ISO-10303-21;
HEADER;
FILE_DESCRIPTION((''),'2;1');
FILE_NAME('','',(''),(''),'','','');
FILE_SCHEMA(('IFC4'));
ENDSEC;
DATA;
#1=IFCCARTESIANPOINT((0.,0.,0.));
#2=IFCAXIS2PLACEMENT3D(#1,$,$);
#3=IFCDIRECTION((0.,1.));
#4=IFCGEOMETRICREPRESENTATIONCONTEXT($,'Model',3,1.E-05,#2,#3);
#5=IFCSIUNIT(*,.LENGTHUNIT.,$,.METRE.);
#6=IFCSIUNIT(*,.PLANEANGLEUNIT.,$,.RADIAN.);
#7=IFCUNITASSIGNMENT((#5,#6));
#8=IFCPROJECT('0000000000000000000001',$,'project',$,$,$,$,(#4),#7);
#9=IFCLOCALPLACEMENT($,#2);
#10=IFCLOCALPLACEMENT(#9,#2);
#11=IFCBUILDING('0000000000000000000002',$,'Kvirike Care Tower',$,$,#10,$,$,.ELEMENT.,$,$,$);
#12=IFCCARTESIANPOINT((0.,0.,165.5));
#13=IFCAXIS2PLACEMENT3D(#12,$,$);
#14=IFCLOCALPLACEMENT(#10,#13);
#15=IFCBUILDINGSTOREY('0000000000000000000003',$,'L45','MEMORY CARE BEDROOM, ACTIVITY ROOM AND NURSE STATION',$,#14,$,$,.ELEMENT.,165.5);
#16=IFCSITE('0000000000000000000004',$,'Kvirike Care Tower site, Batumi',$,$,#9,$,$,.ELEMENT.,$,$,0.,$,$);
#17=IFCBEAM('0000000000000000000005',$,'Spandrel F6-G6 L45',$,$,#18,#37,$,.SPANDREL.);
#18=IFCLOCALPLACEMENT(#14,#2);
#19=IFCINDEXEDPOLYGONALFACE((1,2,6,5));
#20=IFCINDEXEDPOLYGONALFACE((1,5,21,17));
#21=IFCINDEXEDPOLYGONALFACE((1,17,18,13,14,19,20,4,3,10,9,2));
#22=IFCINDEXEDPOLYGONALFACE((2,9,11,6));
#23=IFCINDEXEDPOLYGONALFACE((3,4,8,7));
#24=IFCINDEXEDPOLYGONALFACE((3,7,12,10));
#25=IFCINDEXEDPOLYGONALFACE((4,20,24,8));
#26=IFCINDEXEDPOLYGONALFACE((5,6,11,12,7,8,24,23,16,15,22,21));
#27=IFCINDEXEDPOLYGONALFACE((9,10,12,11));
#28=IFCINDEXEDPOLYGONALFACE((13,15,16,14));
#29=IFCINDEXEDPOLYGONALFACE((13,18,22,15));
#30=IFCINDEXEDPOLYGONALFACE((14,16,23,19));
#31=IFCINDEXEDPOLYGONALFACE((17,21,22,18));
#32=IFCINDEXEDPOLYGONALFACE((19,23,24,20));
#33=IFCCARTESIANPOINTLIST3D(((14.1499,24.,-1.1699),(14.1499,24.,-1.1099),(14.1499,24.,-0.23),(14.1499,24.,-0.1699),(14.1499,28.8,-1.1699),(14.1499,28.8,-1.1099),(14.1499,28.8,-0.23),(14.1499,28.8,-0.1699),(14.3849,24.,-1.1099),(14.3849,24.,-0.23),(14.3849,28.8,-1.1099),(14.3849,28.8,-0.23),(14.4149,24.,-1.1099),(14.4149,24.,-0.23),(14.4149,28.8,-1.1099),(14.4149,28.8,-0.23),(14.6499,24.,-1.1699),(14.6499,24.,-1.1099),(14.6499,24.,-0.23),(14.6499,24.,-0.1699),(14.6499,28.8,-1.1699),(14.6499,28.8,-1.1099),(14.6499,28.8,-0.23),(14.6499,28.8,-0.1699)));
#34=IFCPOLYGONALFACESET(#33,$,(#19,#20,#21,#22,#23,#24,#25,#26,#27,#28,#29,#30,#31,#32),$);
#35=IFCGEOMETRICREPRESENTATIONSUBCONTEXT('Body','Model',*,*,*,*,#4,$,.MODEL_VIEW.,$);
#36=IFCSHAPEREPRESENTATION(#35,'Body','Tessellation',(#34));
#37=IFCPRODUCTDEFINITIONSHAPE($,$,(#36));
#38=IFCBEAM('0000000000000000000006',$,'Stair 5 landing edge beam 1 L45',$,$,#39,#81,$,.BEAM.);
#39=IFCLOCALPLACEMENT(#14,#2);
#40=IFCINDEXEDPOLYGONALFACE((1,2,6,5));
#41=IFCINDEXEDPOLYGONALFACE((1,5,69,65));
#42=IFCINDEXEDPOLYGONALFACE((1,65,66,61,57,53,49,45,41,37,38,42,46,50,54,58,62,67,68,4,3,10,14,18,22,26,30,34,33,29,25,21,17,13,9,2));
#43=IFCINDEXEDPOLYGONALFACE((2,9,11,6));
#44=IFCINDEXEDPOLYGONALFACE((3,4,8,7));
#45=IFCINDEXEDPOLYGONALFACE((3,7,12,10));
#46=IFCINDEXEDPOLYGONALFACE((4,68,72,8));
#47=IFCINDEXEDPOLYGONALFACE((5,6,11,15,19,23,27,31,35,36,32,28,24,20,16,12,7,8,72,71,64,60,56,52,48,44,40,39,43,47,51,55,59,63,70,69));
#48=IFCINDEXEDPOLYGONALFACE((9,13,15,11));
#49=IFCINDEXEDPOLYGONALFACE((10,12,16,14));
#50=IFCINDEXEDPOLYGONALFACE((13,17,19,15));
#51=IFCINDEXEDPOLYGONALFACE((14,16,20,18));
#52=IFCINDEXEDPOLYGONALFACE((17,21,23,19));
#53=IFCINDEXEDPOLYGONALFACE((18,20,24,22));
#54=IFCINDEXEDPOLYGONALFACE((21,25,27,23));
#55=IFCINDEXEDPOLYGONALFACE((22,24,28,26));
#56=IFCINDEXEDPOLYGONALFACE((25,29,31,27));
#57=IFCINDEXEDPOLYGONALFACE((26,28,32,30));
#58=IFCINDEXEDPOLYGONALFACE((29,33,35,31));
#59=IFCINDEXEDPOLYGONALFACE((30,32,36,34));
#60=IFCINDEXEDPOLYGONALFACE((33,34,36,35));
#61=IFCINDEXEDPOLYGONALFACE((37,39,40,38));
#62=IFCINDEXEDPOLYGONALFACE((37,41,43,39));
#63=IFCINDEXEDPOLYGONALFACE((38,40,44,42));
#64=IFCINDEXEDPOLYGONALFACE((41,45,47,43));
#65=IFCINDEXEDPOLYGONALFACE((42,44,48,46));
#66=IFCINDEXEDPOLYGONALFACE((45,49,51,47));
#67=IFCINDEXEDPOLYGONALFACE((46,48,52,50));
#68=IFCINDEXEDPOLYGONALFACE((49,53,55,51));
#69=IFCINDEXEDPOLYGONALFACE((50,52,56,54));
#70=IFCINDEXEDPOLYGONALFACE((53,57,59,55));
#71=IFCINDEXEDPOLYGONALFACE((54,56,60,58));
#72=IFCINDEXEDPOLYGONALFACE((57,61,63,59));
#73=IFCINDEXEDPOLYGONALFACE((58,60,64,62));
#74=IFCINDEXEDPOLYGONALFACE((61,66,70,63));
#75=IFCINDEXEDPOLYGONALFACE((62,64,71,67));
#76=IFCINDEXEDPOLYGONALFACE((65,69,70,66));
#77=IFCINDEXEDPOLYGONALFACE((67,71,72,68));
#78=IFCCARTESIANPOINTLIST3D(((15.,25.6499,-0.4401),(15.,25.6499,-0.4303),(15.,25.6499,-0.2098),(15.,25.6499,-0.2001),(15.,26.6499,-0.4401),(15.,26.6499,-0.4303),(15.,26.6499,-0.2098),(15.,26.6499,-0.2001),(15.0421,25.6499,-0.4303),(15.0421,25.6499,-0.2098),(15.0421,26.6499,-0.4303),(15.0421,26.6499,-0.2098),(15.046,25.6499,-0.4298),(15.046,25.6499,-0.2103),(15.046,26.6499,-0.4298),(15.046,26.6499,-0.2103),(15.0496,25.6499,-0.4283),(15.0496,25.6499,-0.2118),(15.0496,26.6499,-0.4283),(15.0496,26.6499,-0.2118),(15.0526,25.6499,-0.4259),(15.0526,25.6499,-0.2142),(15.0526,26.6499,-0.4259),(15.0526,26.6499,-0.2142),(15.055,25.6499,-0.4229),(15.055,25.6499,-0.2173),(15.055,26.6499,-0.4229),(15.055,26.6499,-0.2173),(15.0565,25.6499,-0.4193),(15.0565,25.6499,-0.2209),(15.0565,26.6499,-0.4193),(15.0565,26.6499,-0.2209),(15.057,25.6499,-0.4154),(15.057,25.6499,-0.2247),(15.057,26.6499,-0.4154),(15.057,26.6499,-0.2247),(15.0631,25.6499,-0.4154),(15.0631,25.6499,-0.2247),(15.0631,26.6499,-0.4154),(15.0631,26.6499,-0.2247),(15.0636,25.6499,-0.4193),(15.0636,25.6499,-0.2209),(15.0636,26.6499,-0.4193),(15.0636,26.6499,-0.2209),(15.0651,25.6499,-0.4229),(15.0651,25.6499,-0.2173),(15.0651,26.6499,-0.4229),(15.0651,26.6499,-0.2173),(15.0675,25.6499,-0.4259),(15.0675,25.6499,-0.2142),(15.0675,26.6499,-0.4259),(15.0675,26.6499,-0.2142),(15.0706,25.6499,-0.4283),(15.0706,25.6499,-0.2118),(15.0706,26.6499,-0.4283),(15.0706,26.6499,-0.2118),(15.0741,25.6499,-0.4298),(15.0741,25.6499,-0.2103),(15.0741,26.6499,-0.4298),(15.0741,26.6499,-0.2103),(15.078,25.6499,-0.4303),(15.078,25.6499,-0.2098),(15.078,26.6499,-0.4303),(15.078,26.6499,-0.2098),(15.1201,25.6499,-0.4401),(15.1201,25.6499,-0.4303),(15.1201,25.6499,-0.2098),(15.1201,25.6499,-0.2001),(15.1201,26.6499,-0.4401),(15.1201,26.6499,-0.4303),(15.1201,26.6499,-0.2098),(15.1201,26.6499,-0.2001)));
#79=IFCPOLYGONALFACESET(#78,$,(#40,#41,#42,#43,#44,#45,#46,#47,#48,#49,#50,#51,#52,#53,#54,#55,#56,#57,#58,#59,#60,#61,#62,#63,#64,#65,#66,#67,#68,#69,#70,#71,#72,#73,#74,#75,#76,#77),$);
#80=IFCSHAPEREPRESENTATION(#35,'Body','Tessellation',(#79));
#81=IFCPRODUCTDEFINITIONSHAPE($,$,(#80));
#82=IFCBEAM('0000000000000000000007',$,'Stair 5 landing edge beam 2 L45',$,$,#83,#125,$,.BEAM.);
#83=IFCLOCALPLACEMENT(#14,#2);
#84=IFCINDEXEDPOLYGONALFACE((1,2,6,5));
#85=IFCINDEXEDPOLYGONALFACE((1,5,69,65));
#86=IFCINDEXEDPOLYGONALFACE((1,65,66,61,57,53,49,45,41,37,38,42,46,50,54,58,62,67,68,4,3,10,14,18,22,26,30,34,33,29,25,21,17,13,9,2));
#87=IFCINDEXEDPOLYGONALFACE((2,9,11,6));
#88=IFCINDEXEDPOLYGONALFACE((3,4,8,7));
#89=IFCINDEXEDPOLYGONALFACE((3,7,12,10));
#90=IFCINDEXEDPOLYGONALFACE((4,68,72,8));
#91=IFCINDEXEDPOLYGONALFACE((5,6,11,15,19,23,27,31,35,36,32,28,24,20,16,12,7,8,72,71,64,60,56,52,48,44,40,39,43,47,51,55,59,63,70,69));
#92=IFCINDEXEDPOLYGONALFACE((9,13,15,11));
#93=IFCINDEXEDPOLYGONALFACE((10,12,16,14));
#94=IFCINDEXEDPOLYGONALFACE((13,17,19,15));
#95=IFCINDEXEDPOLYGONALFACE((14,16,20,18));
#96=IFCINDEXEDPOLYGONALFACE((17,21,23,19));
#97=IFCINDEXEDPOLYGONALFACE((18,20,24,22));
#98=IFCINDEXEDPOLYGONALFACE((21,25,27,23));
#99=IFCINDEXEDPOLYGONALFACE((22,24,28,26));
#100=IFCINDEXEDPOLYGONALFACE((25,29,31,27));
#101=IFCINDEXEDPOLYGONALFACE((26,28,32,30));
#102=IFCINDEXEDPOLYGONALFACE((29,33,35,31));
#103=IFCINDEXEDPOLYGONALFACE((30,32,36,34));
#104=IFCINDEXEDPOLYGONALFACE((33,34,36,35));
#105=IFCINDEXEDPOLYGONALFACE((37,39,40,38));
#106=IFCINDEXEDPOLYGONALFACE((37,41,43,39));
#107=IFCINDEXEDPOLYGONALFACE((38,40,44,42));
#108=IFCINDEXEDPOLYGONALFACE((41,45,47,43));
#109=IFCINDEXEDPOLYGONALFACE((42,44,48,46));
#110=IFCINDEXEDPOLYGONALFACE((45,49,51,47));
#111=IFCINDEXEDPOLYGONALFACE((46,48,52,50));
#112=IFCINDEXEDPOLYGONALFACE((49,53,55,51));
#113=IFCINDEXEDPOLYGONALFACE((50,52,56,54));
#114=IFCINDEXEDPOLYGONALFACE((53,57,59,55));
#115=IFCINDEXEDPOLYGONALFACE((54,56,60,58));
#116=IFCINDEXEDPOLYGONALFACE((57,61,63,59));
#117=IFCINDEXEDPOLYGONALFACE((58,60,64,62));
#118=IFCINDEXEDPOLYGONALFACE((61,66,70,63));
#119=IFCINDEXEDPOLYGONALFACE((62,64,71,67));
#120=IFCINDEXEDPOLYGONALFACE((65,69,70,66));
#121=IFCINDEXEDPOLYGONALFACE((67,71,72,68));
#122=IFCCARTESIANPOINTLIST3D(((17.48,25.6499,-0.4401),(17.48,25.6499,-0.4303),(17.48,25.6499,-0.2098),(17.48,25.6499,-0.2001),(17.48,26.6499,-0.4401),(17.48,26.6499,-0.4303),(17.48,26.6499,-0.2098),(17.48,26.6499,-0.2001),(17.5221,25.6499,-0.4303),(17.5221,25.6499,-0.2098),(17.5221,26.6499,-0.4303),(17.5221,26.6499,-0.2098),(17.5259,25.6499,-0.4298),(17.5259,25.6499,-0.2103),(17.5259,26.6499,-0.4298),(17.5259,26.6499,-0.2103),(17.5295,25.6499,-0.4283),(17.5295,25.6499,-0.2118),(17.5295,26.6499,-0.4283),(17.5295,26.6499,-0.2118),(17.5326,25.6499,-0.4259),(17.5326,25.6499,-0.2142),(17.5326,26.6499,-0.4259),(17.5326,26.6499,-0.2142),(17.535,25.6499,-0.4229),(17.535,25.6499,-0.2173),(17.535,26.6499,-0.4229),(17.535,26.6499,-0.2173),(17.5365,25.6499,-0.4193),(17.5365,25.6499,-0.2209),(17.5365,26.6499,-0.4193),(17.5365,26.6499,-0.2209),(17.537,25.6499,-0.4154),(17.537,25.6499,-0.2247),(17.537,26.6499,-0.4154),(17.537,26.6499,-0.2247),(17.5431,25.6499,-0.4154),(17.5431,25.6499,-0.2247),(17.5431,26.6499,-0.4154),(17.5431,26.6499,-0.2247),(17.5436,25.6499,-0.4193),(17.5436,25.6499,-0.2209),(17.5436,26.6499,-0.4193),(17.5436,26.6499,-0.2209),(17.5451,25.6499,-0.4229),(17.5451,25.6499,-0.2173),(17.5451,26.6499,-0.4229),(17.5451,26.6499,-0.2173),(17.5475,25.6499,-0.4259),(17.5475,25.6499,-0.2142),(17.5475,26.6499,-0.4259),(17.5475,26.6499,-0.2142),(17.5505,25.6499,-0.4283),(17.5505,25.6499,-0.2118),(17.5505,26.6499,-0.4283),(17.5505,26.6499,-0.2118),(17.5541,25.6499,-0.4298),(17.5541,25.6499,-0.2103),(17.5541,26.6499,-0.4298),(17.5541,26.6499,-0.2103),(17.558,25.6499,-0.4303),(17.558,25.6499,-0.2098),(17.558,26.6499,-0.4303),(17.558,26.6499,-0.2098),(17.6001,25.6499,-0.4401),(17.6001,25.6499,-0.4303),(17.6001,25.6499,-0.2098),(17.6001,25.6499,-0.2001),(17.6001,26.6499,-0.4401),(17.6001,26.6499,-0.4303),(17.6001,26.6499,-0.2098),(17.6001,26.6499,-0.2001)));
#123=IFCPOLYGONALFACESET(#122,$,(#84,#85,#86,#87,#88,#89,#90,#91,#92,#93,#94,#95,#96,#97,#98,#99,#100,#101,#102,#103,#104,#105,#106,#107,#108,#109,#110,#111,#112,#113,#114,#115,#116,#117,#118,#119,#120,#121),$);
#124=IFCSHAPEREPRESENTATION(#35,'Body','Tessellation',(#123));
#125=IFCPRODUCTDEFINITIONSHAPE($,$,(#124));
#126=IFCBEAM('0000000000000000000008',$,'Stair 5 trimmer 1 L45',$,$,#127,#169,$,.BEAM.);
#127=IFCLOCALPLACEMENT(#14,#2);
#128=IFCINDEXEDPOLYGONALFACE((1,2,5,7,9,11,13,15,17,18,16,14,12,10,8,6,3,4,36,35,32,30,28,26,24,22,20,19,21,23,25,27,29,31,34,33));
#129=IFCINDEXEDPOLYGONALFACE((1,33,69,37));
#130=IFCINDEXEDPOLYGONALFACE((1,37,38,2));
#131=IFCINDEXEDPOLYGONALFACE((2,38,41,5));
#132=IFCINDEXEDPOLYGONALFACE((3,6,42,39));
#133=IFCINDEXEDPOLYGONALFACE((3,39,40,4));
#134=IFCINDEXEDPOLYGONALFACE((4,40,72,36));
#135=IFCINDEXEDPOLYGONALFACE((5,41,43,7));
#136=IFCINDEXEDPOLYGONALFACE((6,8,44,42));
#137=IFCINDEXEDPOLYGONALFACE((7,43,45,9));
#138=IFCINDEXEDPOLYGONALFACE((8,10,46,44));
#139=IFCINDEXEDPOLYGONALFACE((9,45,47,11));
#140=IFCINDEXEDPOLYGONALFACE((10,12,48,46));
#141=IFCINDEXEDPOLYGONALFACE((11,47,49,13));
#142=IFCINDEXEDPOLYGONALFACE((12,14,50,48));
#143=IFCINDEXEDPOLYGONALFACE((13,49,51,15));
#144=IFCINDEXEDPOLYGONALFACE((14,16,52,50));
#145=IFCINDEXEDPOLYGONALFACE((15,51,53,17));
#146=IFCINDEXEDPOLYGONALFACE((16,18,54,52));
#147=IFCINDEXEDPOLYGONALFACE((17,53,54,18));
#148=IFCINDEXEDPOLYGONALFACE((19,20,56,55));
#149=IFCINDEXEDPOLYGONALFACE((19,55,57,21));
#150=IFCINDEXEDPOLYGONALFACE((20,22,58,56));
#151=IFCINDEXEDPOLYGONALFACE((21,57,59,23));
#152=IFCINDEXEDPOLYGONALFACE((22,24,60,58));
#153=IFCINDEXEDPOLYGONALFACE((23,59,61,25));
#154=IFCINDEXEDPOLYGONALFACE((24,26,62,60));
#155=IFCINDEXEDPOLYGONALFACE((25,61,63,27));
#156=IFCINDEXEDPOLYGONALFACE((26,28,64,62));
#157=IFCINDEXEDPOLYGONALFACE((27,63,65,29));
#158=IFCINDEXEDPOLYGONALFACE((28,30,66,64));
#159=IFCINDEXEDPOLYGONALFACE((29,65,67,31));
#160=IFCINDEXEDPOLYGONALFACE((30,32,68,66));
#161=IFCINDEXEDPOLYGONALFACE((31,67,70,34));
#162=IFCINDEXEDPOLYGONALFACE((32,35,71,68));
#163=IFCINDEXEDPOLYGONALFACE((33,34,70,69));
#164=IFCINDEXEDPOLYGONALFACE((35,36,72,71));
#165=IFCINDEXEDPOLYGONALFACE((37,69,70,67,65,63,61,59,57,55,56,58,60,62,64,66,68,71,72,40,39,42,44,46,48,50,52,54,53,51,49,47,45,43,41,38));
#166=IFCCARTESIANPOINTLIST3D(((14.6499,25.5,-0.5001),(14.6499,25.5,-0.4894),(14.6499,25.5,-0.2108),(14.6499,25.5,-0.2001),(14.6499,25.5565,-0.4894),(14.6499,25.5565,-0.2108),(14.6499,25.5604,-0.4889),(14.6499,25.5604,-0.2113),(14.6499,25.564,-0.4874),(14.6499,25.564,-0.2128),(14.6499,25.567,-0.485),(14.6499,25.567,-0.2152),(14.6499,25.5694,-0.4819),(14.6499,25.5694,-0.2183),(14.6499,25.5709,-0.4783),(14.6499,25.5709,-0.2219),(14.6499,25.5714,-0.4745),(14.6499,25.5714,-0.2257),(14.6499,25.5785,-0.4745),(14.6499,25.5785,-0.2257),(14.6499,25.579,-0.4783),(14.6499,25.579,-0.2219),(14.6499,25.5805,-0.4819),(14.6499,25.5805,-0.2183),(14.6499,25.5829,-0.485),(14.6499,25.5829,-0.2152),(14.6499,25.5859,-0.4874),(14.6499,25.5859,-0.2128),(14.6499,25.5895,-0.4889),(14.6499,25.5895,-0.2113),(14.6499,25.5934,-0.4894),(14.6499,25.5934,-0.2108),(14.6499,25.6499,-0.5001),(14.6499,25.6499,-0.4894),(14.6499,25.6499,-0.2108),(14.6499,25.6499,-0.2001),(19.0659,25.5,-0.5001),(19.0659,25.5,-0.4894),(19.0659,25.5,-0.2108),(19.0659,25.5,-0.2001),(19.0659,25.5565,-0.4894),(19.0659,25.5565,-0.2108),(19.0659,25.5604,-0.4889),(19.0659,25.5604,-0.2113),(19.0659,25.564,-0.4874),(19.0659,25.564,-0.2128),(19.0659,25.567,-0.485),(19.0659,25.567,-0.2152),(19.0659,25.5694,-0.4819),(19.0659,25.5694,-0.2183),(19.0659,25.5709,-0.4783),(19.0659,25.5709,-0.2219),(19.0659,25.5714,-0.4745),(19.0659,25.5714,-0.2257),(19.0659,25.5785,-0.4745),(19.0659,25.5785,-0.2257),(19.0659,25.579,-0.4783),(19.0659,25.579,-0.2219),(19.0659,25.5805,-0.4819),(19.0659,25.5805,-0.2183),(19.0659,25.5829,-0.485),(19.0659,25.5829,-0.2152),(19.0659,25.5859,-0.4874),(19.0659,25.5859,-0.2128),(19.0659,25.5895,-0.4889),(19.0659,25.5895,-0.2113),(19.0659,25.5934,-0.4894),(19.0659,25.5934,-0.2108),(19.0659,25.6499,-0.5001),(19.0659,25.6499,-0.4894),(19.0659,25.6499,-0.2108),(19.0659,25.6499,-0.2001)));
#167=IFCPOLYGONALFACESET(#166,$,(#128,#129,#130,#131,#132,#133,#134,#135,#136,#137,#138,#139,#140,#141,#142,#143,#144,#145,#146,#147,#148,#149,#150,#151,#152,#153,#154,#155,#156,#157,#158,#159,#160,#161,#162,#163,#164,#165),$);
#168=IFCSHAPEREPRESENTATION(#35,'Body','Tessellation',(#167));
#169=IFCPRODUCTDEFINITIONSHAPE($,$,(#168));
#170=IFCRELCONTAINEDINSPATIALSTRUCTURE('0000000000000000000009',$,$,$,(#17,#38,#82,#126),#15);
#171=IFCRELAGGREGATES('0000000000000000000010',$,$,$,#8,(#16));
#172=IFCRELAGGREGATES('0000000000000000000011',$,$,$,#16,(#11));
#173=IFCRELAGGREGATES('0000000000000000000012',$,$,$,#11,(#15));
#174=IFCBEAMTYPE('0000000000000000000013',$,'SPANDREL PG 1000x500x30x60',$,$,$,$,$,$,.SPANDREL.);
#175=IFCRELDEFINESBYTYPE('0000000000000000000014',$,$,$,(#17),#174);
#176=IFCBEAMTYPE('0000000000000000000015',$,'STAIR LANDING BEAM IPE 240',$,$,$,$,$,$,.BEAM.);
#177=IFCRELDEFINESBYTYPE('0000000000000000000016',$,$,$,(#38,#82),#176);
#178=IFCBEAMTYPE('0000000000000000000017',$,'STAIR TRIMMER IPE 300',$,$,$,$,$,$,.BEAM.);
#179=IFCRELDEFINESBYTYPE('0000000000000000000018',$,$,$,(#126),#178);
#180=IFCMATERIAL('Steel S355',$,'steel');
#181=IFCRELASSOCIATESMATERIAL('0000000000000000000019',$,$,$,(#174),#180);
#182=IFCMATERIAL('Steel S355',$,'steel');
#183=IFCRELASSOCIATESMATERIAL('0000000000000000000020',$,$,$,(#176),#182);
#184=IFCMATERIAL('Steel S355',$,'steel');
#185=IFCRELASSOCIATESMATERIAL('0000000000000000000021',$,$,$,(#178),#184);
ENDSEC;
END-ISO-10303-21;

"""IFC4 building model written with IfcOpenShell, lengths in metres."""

from ifc_helpers import new_model, si_unit, direction, frame, origin, origin_2d, place, context, subcontext, project, spatial, i_section, extrude, material, material_profile, profile_set, type_object, element, save


model = new_model("IFC4")

# Units and contexts
model_context = context("Model", 3, precision=1e-05, world=origin(), true_north=direction((0.0, 1.0)))
body_context = subcontext(model_context, "Body", "Model", "MODEL_VIEW")
ifc_project = project(units=[si_unit("LENGTHUNIT", "METRE"), si_unit("PLANEANGLEUNIT", "RADIAN")], contexts=[model_context])

# Site, building, storey
site_placement = place(None, origin())
site = spatial("IfcSite", under=ifc_project, at=site_placement, Name="Kvirike Care Tower site, Batumi", CompositionType="ELEMENT", RefElevation=0.0)
building_placement = place(site_placement, origin())
building = spatial("IfcBuilding", under=site, at=building_placement, Name="Kvirike Care Tower", CompositionType="ELEMENT")
storey_placement = place(building_placement, frame((0.0, 0.0, 165.5)))
storey = spatial("IfcBuildingStorey", under=building, at=storey_placement, Name="L45", Description="MEMORY CARE BEDROOM, ACTIVITY ROOM AND NURSE STATION", CompositionType="ELEMENT", Elevation=165.5)

# Beams
ifc_material_1 = material(Name="Steel S355", Category="steel")
ifc_material_profile_1 = material_profile(ifc_material_1, i_section(OverallWidth=0.5, OverallDepth=1.0, WebThickness=0.03, FlangeThickness=0.0601, at=origin_2d()), Name="PG 1000x500x30x60")
ifc_profile_set_1 = profile_set([ifc_material_profile_1], Name="Steel S355")
beam_type_1 = type_object("IfcBeamType", Name="SPANDREL PG 1000x500x30x60", PredefinedType="SPANDREL", material=ifc_profile_set_1)
beam_1_placement = place(storey_placement, frame((14.3999, 24.0, -0.6699), z_axis=(0.0, 1.0, 0.0), x_axis=(-1.0, 0.0, 0.0)))
element("IfcBeam", 1, at=beam_1_placement, inside=storey, type_object=beam_type_1, Name="Spandrel F6-G6 L45", PredefinedType="SPANDREL", context=body_context, shape_type="SweptSolid", body=[
    extrude(i_section(OverallWidth=0.5, OverallDepth=1.0, WebThickness=0.03, FlangeThickness=0.0601, at=origin_2d()), origin(), (0.0, 0.0, 1.0), 4.8),
])
ifc_material_2 = material(Name="Steel S355", Category="steel")
ifc_material_profile_2 = material_profile(ifc_material_2, i_section(OverallWidth=0.1201, OverallDepth=0.24, WebThickness=0.0061, FlangeThickness=0.0098, FilletRadius=0.0149, at=origin_2d()), Name="IPE 240")
ifc_profile_set_2 = profile_set([ifc_material_profile_2], Name="Steel S355")
beam_type_2 = type_object("IfcBeamType", Name="STAIR LANDING BEAM IPE 240", PredefinedType="BEAM", material=ifc_profile_set_2)
for number, where, z_axis, x_axis, name in (
    (2, (15.0601, 25.6499, -0.3201), (0.0, 1.0, 0.0), (-1.0, 0.0, 0.0), "Stair 5 landing edge beam 1 L45"),
    (3, (17.54, 25.6499, -0.3201), (0.0, 1.0, 0.0), (-1.0, 0.0, 0.0), "Stair 5 landing edge beam 2 L45"),
):
    element("IfcBeam", number, at=place(storey_placement, frame(where, z_axis=z_axis, x_axis=x_axis)), inside=storey, type_object=beam_type_2, Name=name, PredefinedType="BEAM", context=body_context, shape_type="SweptSolid", body=[
        extrude(i_section(OverallWidth=0.1201, OverallDepth=0.24, WebThickness=0.0061, FlangeThickness=0.0098, FilletRadius=0.0149, at=origin_2d()), origin(), (0.0, 0.0, 1.0), 1.0),
    ])
ifc_material_3 = material(Name="Steel S355", Category="steel")
ifc_material_profile_3 = material_profile(ifc_material_3, i_section(OverallWidth=0.1499, OverallDepth=0.3, WebThickness=0.0071, FlangeThickness=0.0107, FilletRadius=0.0149, at=origin_2d()), Name="IPE 300")
ifc_profile_set_3 = profile_set([ifc_material_profile_3], Name="Steel S355")
beam_type_3 = type_object("IfcBeamType", Name="STAIR TRIMMER IPE 300", PredefinedType="BEAM", material=ifc_profile_set_3)
for number, where, z_axis, x_axis, name in (
    (4, (14.6499, 25.575, -0.3501), (1.0, 0.0, 0.0), (0.0, 1.0, 0.0), "Stair 5 trimmer 1 L45"),
):
    element("IfcBeam", number, at=place(storey_placement, frame(where, z_axis=z_axis, x_axis=x_axis)), inside=storey, type_object=beam_type_3, Name=name, PredefinedType="BEAM", context=body_context, shape_type="SweptSolid", body=[
        extrude(i_section(OverallWidth=0.1499, OverallDepth=0.3, WebThickness=0.0071, FlangeThickness=0.0107, FilletRadius=0.0149, at=origin_2d()), origin(), (0.0, 0.0, 1.0), 4.416),
    ])

save(model, "model.ifc")
